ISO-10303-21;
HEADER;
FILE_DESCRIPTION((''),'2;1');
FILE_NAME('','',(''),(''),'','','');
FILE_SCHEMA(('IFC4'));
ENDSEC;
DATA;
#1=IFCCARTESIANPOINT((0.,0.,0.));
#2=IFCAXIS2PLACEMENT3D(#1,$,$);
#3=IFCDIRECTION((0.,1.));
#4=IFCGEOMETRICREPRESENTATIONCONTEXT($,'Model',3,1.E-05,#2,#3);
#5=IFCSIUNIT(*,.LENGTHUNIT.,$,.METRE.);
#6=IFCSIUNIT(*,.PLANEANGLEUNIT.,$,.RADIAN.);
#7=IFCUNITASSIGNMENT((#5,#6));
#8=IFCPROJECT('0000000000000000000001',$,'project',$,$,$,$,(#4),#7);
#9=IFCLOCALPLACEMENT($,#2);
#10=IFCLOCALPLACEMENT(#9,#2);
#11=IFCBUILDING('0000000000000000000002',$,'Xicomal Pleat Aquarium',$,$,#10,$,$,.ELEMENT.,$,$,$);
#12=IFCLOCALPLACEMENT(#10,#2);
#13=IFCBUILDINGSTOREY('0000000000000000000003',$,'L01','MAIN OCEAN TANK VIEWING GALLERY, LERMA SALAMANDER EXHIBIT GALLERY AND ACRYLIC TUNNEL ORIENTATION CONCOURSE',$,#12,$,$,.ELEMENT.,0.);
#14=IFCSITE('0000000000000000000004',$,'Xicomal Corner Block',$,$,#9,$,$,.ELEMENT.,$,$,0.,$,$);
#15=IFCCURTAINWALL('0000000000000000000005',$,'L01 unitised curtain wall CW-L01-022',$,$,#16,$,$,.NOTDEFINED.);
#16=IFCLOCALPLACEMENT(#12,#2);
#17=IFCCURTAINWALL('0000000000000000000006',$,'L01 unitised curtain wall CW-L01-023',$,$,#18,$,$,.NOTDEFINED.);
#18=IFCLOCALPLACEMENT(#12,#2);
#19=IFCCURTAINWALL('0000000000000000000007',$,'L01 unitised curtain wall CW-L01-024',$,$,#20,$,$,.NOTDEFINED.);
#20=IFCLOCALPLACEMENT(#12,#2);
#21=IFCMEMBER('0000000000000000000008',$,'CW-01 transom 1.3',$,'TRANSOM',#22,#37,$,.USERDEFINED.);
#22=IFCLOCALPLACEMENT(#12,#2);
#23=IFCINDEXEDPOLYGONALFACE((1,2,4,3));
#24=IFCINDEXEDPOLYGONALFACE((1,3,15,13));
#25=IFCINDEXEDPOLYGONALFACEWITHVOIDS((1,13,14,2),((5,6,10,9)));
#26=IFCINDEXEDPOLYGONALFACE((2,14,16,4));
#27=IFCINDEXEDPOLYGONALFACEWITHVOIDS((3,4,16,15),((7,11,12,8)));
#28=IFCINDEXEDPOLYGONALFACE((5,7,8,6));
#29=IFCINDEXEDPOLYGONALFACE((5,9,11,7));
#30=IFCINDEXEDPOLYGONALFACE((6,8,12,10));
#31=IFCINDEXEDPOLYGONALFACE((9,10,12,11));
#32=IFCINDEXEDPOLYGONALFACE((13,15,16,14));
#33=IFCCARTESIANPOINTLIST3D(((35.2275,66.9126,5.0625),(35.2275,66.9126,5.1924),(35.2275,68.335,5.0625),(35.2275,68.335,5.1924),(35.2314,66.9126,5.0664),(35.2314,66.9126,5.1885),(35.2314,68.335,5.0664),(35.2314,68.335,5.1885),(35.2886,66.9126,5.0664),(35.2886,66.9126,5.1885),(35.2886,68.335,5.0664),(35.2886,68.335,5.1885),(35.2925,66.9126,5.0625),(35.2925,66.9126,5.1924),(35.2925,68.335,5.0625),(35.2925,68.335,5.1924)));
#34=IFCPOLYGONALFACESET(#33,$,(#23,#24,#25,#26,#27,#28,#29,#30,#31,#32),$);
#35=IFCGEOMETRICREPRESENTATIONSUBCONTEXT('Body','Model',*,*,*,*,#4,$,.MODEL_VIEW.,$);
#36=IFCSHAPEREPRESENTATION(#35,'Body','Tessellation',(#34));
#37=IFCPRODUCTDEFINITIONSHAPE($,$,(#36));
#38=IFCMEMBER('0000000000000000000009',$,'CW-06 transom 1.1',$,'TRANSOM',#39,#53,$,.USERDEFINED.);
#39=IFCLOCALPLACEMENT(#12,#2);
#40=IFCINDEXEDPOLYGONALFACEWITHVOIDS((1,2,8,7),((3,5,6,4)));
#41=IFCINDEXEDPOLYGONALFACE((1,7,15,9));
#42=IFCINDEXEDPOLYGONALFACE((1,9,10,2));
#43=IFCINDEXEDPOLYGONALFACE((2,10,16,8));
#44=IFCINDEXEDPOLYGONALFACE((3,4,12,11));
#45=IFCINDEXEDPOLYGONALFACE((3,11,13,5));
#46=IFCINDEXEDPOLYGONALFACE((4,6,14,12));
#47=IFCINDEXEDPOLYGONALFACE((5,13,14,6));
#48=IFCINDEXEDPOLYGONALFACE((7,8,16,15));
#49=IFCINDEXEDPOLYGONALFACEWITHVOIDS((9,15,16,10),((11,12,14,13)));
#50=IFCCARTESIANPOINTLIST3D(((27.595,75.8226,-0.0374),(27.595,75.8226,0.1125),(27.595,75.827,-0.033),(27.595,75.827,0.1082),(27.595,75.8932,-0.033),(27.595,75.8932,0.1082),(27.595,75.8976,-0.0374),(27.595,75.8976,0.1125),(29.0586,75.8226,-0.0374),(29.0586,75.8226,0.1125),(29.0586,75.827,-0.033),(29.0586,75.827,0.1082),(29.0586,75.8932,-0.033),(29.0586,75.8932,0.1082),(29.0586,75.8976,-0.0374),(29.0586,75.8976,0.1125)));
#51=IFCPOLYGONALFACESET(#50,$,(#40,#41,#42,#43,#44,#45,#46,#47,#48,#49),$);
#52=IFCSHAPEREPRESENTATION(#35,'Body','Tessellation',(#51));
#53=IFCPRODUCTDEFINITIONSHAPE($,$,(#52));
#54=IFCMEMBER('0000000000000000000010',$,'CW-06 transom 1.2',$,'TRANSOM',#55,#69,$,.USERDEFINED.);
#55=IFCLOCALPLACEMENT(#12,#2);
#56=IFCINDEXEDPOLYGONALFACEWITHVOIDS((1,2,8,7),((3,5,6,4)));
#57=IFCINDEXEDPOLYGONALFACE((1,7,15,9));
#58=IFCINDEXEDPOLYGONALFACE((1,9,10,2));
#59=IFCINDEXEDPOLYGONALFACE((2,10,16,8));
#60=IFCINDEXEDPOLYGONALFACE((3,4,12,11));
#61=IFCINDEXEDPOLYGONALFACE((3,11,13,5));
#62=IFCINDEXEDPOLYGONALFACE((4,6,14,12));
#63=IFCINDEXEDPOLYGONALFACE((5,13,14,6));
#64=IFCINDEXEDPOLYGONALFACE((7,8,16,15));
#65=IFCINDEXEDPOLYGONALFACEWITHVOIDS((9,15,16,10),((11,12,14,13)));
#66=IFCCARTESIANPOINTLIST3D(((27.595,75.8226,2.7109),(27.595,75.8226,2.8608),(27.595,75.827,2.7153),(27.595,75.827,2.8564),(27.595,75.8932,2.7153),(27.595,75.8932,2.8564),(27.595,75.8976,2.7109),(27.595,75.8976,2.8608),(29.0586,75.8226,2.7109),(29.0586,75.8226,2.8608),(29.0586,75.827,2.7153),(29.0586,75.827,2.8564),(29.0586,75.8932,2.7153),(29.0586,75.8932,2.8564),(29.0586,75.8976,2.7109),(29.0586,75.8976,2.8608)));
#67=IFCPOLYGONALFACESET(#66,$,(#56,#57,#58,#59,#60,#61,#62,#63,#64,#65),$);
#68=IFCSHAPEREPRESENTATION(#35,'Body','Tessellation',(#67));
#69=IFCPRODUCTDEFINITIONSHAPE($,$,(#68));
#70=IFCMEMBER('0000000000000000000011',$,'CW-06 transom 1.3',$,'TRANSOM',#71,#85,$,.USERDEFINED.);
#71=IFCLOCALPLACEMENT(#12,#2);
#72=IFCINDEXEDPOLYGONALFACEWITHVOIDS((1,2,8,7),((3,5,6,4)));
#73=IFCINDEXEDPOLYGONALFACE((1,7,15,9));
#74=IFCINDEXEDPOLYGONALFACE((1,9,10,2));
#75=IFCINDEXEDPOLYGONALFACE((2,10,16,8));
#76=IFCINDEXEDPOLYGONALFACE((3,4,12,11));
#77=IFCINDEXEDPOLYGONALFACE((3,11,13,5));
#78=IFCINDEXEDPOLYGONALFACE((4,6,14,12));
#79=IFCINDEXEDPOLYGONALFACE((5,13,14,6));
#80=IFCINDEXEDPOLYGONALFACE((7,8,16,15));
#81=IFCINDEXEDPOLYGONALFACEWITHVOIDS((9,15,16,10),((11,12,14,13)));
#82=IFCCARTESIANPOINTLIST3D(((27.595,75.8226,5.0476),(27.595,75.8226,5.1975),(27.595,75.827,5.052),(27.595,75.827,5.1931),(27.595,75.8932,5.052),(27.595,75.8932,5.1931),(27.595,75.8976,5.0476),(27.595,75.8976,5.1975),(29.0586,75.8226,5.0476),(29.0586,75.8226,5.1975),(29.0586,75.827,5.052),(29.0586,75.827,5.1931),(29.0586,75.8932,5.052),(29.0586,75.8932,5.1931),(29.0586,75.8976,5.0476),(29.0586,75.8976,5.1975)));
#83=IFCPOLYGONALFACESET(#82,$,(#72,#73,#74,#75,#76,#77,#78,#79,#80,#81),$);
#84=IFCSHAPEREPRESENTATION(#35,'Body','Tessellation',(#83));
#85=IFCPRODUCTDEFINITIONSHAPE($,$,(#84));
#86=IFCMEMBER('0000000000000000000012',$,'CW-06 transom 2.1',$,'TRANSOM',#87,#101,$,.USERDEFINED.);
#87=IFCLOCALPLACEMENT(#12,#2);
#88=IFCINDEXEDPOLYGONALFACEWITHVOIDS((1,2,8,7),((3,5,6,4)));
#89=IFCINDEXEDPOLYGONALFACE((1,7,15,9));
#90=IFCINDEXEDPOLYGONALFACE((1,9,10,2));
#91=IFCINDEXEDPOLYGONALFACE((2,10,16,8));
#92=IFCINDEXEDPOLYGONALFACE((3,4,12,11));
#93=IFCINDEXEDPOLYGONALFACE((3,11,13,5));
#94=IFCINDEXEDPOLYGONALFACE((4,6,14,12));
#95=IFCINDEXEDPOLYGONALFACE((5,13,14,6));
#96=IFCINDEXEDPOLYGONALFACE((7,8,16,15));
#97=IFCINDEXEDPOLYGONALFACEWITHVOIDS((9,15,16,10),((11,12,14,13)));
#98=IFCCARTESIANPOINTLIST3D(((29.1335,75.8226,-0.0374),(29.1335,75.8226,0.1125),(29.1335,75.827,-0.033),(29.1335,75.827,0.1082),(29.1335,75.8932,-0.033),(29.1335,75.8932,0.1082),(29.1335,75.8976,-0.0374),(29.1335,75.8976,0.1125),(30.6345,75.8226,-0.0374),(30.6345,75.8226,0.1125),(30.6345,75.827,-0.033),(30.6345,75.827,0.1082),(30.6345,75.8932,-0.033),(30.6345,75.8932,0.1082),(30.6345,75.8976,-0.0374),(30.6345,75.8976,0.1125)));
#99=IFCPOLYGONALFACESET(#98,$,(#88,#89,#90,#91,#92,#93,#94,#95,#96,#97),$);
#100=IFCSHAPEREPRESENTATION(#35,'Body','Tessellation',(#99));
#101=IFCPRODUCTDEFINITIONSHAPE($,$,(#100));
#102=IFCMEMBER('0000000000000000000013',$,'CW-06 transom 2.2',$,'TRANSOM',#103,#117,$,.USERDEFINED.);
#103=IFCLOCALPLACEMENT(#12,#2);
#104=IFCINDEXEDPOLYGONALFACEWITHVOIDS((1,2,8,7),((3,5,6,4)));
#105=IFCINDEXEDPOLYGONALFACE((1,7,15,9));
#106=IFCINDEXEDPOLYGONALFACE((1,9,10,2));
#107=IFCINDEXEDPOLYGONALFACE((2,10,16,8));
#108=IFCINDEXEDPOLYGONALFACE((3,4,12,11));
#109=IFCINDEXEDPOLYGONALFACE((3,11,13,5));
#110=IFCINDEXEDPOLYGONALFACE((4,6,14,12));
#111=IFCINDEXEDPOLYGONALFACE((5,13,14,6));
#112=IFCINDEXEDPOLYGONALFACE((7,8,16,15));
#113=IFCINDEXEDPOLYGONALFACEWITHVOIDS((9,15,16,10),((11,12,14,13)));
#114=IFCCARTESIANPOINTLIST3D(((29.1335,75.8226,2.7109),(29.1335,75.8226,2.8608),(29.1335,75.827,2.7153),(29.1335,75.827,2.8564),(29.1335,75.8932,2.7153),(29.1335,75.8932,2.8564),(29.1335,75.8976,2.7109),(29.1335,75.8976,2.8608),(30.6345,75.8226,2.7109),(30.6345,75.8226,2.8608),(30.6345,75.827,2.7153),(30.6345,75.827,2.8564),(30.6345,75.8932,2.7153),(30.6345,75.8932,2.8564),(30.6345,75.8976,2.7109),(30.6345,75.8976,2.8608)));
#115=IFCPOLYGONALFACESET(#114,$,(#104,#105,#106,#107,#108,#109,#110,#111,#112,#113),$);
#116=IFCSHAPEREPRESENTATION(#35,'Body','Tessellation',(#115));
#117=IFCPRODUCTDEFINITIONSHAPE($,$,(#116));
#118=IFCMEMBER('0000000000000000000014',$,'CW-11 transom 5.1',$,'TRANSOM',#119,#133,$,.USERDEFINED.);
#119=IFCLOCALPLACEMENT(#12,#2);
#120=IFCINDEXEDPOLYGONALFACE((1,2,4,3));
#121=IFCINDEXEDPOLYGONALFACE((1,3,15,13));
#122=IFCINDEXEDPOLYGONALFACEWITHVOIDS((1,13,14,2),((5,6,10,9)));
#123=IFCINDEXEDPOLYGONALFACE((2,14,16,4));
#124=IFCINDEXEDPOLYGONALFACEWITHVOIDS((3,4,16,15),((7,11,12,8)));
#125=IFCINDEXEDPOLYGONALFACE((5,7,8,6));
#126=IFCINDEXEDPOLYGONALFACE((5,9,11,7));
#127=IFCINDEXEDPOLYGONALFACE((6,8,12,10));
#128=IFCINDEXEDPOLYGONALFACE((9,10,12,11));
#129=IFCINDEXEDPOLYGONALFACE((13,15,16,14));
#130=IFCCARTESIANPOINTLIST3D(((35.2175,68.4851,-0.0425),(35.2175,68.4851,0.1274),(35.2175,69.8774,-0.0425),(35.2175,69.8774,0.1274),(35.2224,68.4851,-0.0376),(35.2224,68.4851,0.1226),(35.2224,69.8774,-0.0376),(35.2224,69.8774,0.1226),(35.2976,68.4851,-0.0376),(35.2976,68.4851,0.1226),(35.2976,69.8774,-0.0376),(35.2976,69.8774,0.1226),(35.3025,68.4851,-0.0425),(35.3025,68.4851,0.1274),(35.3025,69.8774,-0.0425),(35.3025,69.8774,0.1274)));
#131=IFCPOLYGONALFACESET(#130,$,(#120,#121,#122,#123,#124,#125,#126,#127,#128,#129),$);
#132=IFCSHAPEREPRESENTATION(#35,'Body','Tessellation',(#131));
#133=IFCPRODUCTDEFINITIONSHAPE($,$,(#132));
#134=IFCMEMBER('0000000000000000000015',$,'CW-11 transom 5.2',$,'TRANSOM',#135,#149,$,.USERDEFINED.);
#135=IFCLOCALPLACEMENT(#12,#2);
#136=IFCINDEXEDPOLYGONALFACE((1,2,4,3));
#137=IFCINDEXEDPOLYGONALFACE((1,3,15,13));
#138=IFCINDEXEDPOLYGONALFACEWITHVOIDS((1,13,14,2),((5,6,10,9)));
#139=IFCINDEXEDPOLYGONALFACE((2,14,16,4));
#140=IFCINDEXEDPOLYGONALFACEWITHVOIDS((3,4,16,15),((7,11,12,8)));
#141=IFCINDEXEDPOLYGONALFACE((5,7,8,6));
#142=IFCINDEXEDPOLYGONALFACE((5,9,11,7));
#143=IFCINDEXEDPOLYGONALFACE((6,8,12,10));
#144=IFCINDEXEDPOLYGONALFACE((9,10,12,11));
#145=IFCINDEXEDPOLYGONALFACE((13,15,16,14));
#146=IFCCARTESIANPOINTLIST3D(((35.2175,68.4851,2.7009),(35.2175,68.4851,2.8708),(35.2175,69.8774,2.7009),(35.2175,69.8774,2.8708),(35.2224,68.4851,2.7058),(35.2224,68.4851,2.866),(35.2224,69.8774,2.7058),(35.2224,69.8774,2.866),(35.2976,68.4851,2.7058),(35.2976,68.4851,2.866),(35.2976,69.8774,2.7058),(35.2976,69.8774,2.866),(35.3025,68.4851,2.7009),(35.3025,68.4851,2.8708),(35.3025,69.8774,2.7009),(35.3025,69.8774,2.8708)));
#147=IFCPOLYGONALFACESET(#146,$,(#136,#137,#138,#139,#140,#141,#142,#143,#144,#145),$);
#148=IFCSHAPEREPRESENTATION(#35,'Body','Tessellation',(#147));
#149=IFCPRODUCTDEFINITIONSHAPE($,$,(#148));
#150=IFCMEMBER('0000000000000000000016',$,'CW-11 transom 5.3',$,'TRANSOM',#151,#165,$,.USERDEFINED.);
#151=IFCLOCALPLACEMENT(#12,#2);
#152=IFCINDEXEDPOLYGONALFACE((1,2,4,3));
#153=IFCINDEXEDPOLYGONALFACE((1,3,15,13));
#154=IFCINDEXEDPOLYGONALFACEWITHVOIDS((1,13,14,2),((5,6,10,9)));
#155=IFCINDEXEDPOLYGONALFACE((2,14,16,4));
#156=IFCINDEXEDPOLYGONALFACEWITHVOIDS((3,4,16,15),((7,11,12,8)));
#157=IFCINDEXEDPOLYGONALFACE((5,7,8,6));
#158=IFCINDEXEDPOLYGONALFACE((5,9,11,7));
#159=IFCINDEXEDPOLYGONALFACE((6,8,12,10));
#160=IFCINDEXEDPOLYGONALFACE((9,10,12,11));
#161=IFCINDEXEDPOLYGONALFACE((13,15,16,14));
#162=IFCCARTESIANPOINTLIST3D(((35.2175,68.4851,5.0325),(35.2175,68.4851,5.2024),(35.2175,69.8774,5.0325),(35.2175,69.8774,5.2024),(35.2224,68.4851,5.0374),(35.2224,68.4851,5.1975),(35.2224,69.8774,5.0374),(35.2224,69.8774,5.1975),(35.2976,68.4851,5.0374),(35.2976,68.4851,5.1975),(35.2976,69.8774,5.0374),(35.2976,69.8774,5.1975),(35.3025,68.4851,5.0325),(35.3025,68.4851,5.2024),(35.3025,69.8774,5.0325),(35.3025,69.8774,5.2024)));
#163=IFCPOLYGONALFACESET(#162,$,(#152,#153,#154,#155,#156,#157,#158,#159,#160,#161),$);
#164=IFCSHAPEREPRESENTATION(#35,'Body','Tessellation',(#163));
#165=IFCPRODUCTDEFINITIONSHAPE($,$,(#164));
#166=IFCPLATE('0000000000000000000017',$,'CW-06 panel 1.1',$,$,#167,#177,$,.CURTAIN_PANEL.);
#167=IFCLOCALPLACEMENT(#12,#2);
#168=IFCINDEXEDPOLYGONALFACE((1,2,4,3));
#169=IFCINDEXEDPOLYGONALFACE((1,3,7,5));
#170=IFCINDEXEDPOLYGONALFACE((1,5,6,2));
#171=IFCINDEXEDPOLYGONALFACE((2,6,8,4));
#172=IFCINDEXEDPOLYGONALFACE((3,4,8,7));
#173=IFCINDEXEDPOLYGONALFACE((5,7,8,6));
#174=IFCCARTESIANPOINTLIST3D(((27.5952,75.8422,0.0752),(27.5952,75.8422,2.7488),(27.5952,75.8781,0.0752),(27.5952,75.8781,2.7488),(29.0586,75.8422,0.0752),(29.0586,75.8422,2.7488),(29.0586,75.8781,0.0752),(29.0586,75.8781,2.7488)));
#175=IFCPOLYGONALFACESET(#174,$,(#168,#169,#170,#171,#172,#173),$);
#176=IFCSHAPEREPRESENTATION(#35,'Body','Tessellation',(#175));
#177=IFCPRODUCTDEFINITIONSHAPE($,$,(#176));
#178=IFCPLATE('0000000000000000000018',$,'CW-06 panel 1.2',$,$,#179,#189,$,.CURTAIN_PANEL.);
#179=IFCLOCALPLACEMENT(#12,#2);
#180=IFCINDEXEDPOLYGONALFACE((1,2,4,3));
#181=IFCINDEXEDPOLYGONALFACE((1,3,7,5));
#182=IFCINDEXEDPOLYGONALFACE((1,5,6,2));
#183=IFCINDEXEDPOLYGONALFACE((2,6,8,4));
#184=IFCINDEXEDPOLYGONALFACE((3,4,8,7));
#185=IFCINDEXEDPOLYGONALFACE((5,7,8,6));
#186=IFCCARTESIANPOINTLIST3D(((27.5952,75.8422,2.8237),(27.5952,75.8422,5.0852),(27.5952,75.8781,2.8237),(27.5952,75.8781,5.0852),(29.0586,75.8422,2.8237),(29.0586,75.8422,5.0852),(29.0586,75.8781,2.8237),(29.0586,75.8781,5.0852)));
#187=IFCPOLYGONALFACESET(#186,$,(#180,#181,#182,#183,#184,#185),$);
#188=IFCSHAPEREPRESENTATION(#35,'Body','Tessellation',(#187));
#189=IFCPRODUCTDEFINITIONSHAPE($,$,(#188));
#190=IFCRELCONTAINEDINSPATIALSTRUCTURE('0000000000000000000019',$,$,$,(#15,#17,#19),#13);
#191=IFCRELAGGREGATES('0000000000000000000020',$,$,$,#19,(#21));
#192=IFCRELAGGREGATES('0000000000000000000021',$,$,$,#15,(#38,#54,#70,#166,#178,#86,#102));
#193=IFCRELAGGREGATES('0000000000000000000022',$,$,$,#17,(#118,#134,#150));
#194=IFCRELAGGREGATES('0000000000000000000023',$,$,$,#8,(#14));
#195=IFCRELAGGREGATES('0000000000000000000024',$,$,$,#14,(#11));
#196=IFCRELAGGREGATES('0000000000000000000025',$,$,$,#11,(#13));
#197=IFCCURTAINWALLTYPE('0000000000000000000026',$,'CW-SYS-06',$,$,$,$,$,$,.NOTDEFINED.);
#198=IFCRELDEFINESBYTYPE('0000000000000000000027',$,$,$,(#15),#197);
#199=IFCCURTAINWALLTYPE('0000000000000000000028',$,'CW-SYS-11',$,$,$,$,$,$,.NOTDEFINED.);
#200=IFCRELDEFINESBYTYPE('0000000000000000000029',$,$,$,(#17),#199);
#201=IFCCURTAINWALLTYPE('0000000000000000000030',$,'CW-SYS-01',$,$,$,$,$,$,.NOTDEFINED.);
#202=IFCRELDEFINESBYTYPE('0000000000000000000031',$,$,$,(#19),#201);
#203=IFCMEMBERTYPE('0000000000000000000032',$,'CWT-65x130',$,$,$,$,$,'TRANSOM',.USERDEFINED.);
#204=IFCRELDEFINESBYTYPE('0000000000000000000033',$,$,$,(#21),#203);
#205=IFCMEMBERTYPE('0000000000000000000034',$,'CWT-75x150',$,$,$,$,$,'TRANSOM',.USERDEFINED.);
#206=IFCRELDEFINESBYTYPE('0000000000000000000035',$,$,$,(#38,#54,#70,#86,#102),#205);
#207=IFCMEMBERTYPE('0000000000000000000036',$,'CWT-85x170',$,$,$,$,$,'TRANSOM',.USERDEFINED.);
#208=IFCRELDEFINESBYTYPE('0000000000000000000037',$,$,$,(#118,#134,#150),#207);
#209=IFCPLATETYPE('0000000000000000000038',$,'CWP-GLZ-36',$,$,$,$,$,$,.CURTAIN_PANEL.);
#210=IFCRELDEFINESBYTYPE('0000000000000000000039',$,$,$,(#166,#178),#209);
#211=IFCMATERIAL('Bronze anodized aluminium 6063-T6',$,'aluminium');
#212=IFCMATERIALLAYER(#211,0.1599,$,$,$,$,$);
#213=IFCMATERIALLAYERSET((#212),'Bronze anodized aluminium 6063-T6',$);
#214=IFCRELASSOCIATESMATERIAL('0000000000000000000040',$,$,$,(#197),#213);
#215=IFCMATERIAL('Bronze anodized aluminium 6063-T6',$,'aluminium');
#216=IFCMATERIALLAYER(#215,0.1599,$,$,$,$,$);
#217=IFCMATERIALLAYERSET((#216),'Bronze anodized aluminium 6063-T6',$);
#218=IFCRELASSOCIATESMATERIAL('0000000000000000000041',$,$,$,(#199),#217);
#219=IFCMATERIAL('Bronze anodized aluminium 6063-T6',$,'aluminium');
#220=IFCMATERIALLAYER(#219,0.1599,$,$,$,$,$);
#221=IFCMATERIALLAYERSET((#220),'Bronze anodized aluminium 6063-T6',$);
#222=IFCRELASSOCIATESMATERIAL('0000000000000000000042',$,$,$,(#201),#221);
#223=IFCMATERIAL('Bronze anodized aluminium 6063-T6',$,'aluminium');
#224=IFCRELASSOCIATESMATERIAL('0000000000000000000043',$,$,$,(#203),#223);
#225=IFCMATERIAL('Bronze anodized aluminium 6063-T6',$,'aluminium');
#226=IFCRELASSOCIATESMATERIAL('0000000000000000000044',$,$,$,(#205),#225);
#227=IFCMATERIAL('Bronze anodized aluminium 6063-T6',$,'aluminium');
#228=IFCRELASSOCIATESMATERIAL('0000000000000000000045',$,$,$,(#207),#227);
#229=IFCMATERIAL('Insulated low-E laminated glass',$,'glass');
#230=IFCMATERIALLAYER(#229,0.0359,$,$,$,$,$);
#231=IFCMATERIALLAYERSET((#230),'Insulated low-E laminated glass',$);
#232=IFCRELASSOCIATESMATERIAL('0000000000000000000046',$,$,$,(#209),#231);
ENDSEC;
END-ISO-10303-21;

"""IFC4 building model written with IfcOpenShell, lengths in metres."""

from ifc_helpers import new_model, si_unit, direction, frame, origin, origin_2d, place, context, subcontext, project, spatial, rectangle, hollow_rectangle, extrude, material, layer, layer_set, material_profile, profile_set, type_object, element, aggregate, save


model = new_model("IFC4")

# Units and contexts
model_context = context("Model", 3, precision=1e-05, world=origin(), true_north=direction((0.0, 1.0)))
body_context = subcontext(model_context, "Body", "Model", "MODEL_VIEW")
ifc_project = project(units=[si_unit("LENGTHUNIT", "METRE"), si_unit("PLANEANGLEUNIT", "RADIAN")], contexts=[model_context])

# Site, building, storey
site_placement = place(None, origin())
site = spatial("IfcSite", under=ifc_project, at=site_placement, Name="Xicomal Corner Block", CompositionType="ELEMENT", RefElevation=0.0)
building_placement = place(site_placement, origin())
building = spatial("IfcBuilding", under=site, at=building_placement, Name="Xicomal Pleat Aquarium", CompositionType="ELEMENT")
storey_placement = place(building_placement, origin())
storey = spatial("IfcBuildingStorey", under=building, at=storey_placement, Name="L01", Description="MAIN OCEAN TANK VIEWING GALLERY, LERMA SALAMANDER EXHIBIT GALLERY AND ACRYLIC TUNNEL ORIENTATION CONCOURSE", CompositionType="ELEMENT", Elevation=0.0)

# Curtain walls, member
ifc_material_1 = material(Name="Bronze anodized aluminium 6063-T6", Category="aluminium")
ifc_layer_1 = layer(ifc_material_1, 0.1599)
ifc_layer_set_1 = layer_set([ifc_layer_1], Name="Bronze anodized aluminium 6063-T6")
curtain_wall_type_1 = type_object("IfcCurtainWallType", Name="CW-SYS-06", PredefinedType="NOTDEFINED", material=ifc_layer_set_1)
curtain_wall_1_placement = place(storey_placement, origin())
curtain_wall_1 = element("IfcCurtainWall", 1, at=curtain_wall_1_placement, inside=storey, type_object=curtain_wall_type_1, Name="L01 unitised curtain wall CW-L01-022", PredefinedType="NOTDEFINED")
ifc_material_2 = material(Name="Bronze anodized aluminium 6063-T6", Category="aluminium")
ifc_layer_2 = layer(ifc_material_2, 0.1599)
ifc_layer_set_2 = layer_set([ifc_layer_2], Name="Bronze anodized aluminium 6063-T6")
curtain_wall_type_2 = type_object("IfcCurtainWallType", Name="CW-SYS-11", PredefinedType="NOTDEFINED", material=ifc_layer_set_2)
curtain_wall_2_placement = place(storey_placement, origin())
curtain_wall_2 = element("IfcCurtainWall", 2, at=curtain_wall_2_placement, inside=storey, type_object=curtain_wall_type_2, Name="L01 unitised curtain wall CW-L01-023", PredefinedType="NOTDEFINED")
ifc_material_3 = material(Name="Bronze anodized aluminium 6063-T6", Category="aluminium")
ifc_layer_3 = layer(ifc_material_3, 0.1599)
ifc_layer_set_3 = layer_set([ifc_layer_3], Name="Bronze anodized aluminium 6063-T6")
curtain_wall_type_3 = type_object("IfcCurtainWallType", Name="CW-SYS-01", PredefinedType="NOTDEFINED", material=ifc_layer_set_3)
curtain_wall_3_placement = place(storey_placement, origin())
curtain_wall_3 = element("IfcCurtainWall", 3, at=curtain_wall_3_placement, inside=storey, type_object=curtain_wall_type_3, Name="L01 unitised curtain wall CW-L01-024", PredefinedType="NOTDEFINED")
ifc_material_4 = material(Name="Bronze anodized aluminium 6063-T6", Category="aluminium")
ifc_material_profile_1 = material_profile(ifc_material_4, hollow_rectangle(XDim=0.0649, YDim=0.1299, WallThickness=0.0039, at=origin_2d()), Name="ALU TRAN 65x130")
ifc_profile_set_1 = profile_set([ifc_material_profile_1], Name="Bronze anodized aluminium 6063-T6")
member_type_1 = type_object("IfcMemberType", Name="CWT-65x130", ElementType="TRANSOM", PredefinedType="USERDEFINED", material=ifc_profile_set_1)
member_1_placement = place(storey_placement, frame((35.26, 68.335, 5.1274), z_axis=(0.0, -1.0, 0.0), x_axis=(1.0, 0.0, 0.0)))
member_1 = element("IfcMember", 4, at=member_1_placement, type_object=member_type_1, Name="CW-01 transom 1.3", ObjectType="TRANSOM", PredefinedType="USERDEFINED", context=body_context, shape_type="SweptSolid", body=[
    extrude(hollow_rectangle(XDim=0.0649, YDim=0.1299, WallThickness=0.0039, at=origin_2d()), origin(), (0.0, 0.0, 1.0), 1.4224),
])
aggregate(curtain_wall_3, [member_1])

# Members
ifc_material_5 = material(Name="Bronze anodized aluminium 6063-T6", Category="aluminium")
ifc_material_profile_2 = material_profile(ifc_material_5, hollow_rectangle(XDim=0.075, YDim=0.1499, WallThickness=0.0044, at=origin_2d()), Name="ALU TRAN 75x150")
ifc_profile_set_2 = profile_set([ifc_material_profile_2], Name="Bronze anodized aluminium 6063-T6")
member_type_2 = type_object("IfcMemberType", Name="CWT-75x150", ElementType="TRANSOM", PredefinedType="USERDEFINED", material=ifc_profile_set_2)
member_2_placement = place(storey_placement, frame((27.595, 75.8601, 0.0376), z_axis=(1.0, 0.0, 0.0), x_axis=(0.0, 1.0, 0.0)))
member_2 = element("IfcMember", 5, at=member_2_placement, type_object=member_type_2, Name="CW-06 transom 1.1", ObjectType="TRANSOM", PredefinedType="USERDEFINED", context=body_context, shape_type="SweptSolid", body=[
    extrude(hollow_rectangle(XDim=0.075, YDim=0.1499, WallThickness=0.0044, at=origin_2d()), origin(), (0.0, 0.0, 1.0), 1.4636),
])
member_3_placement = place(storey_placement, frame((27.595, 75.8601, 2.7859), z_axis=(1.0, 0.0, 0.0), x_axis=(0.0, 1.0, 0.0)))
member_3 = element("IfcMember", 6, at=member_3_placement, type_object=member_type_2, Name="CW-06 transom 1.2", ObjectType="TRANSOM", PredefinedType="USERDEFINED", context=body_context, shape_type="SweptSolid", body=[
    extrude(hollow_rectangle(XDim=0.075, YDim=0.1499, WallThickness=0.0044, at=origin_2d()), origin(), (0.0, 0.0, 1.0), 1.4636),
])
member_4_placement = place(storey_placement, frame((27.595, 75.8601, 5.1226), z_axis=(1.0, 0.0, 0.0), x_axis=(0.0, 1.0, 0.0)))
member_4 = element("IfcMember", 7, at=member_4_placement, type_object=member_type_2, Name="CW-06 transom 1.3", ObjectType="TRANSOM", PredefinedType="USERDEFINED", context=body_context, shape_type="SweptSolid", body=[
    extrude(hollow_rectangle(XDim=0.075, YDim=0.1499, WallThickness=0.0044, at=origin_2d()), origin(), (0.0, 0.0, 1.0), 1.4636),
])
member_5_placement = place(storey_placement, frame((29.1335, 75.8601, 0.0376), z_axis=(1.0, 0.0, 0.0), x_axis=(0.0, 1.0, 0.0)))
member_5 = element("IfcMember", 8, at=member_5_placement, type_object=member_type_2, Name="CW-06 transom 2.1", ObjectType="TRANSOM", PredefinedType="USERDEFINED", context=body_context, shape_type="SweptSolid", body=[
    extrude(hollow_rectangle(XDim=0.075, YDim=0.1499, WallThickness=0.0044, at=origin_2d()), origin(), (0.0, 0.0, 1.0), 1.501),
])
member_6_placement = place(storey_placement, frame((29.1335, 75.8601, 2.7859), z_axis=(1.0, 0.0, 0.0), x_axis=(0.0, 1.0, 0.0)))
member_6 = element("IfcMember", 9, at=member_6_placement, type_object=member_type_2, Name="CW-06 transom 2.2", ObjectType="TRANSOM", PredefinedType="USERDEFINED", context=body_context, shape_type="SweptSolid", body=[
    extrude(hollow_rectangle(XDim=0.075, YDim=0.1499, WallThickness=0.0044, at=origin_2d()), origin(), (0.0, 0.0, 1.0), 1.501),
])
ifc_material_6 = material(Name="Bronze anodized aluminium 6063-T6", Category="aluminium")
ifc_material_profile_3 = material_profile(ifc_material_6, hollow_rectangle(XDim=0.085, YDim=0.1699, WallThickness=0.0049, at=origin_2d()), Name="ALU TRAN 85x170")
ifc_profile_set_3 = profile_set([ifc_material_profile_3], Name="Bronze anodized aluminium 6063-T6")
member_type_3 = type_object("IfcMemberType", Name="CWT-85x170", ElementType="TRANSOM", PredefinedType="USERDEFINED", material=ifc_profile_set_3)
member_7_placement = place(storey_placement, frame((35.26, 69.8774, 0.0425), z_axis=(0.0, -1.0, 0.0), x_axis=(1.0, 0.0, 0.0)))
member_7 = element("IfcMember", 10, at=member_7_placement, type_object=member_type_3, Name="CW-11 transom 5.1", ObjectType="TRANSOM", PredefinedType="USERDEFINED", context=body_context, shape_type="SweptSolid", body=[
    extrude(hollow_rectangle(XDim=0.085, YDim=0.1699, WallThickness=0.0049, at=origin_2d()), origin(), (0.0, 0.0, 1.0), 1.3923),
])
member_8_placement = place(storey_placement, frame((35.26, 69.8774, 2.7859), z_axis=(0.0, -1.0, 0.0), x_axis=(1.0, 0.0, 0.0)))
member_8 = element("IfcMember", 11, at=member_8_placement, type_object=member_type_3, Name="CW-11 transom 5.2", ObjectType="TRANSOM", PredefinedType="USERDEFINED", context=body_context, shape_type="SweptSolid", body=[
    extrude(hollow_rectangle(XDim=0.085, YDim=0.1699, WallThickness=0.0049, at=origin_2d()), origin(), (0.0, 0.0, 1.0), 1.3923),
])
member_9_placement = place(storey_placement, frame((35.26, 69.8774, 5.1174), z_axis=(0.0, -1.0, 0.0), x_axis=(1.0, 0.0, 0.0)))
member_9 = element("IfcMember", 12, at=member_9_placement, type_object=member_type_3, Name="CW-11 transom 5.3", ObjectType="TRANSOM", PredefinedType="USERDEFINED", context=body_context, shape_type="SweptSolid", body=[
    extrude(hollow_rectangle(XDim=0.085, YDim=0.1699, WallThickness=0.0049, at=origin_2d()), origin(), (0.0, 0.0, 1.0), 1.3923),
])

# Plates
ifc_material_7 = material(Name="Insulated low-E laminated glass", Category="glass")
ifc_layer_4 = layer(ifc_material_7, 0.0359)
ifc_layer_set_4 = layer_set([ifc_layer_4], Name="Insulated low-E laminated glass")
plate_type_1 = type_object("IfcPlateType", Name="CWP-GLZ-36", PredefinedType="CURTAIN_PANEL", material=ifc_layer_set_4)
plate_1_placement = place(storey_placement, frame((28.3269, 75.8601, 0.0752), z_axis=(0.0, 0.0, 1.0), x_axis=(1.0, 0.0, 0.0)))
plate_1 = element("IfcPlate", 13, at=plate_1_placement, type_object=plate_type_1, Name="CW-06 panel 1.1", PredefinedType="CURTAIN_PANEL", context=body_context, shape_type="SweptSolid", body=[
    extrude(rectangle(XDim=1.4634, YDim=0.0359, at=origin_2d()), origin(), (0.0, 0.0, 1.0), 2.6736),
])
plate_2_placement = place(storey_placement, frame((28.3269, 75.8601, 2.8237), z_axis=(0.0, 0.0, 1.0), x_axis=(1.0, 0.0, 0.0)))
plate_2 = element("IfcPlate", 14, at=plate_2_placement, type_object=plate_type_1, Name="CW-06 panel 1.2", PredefinedType="CURTAIN_PANEL", context=body_context, shape_type="SweptSolid", body=[
    extrude(rectangle(XDim=1.4634, YDim=0.0359, at=origin_2d()), origin(), (0.0, 0.0, 1.0), 2.2615),
])
aggregate(curtain_wall_1, [member_2, member_3, member_4, plate_1, plate_2, member_5, member_6])
aggregate(curtain_wall_2, [member_7, member_8, member_9])

save(model, "model.ifc")
